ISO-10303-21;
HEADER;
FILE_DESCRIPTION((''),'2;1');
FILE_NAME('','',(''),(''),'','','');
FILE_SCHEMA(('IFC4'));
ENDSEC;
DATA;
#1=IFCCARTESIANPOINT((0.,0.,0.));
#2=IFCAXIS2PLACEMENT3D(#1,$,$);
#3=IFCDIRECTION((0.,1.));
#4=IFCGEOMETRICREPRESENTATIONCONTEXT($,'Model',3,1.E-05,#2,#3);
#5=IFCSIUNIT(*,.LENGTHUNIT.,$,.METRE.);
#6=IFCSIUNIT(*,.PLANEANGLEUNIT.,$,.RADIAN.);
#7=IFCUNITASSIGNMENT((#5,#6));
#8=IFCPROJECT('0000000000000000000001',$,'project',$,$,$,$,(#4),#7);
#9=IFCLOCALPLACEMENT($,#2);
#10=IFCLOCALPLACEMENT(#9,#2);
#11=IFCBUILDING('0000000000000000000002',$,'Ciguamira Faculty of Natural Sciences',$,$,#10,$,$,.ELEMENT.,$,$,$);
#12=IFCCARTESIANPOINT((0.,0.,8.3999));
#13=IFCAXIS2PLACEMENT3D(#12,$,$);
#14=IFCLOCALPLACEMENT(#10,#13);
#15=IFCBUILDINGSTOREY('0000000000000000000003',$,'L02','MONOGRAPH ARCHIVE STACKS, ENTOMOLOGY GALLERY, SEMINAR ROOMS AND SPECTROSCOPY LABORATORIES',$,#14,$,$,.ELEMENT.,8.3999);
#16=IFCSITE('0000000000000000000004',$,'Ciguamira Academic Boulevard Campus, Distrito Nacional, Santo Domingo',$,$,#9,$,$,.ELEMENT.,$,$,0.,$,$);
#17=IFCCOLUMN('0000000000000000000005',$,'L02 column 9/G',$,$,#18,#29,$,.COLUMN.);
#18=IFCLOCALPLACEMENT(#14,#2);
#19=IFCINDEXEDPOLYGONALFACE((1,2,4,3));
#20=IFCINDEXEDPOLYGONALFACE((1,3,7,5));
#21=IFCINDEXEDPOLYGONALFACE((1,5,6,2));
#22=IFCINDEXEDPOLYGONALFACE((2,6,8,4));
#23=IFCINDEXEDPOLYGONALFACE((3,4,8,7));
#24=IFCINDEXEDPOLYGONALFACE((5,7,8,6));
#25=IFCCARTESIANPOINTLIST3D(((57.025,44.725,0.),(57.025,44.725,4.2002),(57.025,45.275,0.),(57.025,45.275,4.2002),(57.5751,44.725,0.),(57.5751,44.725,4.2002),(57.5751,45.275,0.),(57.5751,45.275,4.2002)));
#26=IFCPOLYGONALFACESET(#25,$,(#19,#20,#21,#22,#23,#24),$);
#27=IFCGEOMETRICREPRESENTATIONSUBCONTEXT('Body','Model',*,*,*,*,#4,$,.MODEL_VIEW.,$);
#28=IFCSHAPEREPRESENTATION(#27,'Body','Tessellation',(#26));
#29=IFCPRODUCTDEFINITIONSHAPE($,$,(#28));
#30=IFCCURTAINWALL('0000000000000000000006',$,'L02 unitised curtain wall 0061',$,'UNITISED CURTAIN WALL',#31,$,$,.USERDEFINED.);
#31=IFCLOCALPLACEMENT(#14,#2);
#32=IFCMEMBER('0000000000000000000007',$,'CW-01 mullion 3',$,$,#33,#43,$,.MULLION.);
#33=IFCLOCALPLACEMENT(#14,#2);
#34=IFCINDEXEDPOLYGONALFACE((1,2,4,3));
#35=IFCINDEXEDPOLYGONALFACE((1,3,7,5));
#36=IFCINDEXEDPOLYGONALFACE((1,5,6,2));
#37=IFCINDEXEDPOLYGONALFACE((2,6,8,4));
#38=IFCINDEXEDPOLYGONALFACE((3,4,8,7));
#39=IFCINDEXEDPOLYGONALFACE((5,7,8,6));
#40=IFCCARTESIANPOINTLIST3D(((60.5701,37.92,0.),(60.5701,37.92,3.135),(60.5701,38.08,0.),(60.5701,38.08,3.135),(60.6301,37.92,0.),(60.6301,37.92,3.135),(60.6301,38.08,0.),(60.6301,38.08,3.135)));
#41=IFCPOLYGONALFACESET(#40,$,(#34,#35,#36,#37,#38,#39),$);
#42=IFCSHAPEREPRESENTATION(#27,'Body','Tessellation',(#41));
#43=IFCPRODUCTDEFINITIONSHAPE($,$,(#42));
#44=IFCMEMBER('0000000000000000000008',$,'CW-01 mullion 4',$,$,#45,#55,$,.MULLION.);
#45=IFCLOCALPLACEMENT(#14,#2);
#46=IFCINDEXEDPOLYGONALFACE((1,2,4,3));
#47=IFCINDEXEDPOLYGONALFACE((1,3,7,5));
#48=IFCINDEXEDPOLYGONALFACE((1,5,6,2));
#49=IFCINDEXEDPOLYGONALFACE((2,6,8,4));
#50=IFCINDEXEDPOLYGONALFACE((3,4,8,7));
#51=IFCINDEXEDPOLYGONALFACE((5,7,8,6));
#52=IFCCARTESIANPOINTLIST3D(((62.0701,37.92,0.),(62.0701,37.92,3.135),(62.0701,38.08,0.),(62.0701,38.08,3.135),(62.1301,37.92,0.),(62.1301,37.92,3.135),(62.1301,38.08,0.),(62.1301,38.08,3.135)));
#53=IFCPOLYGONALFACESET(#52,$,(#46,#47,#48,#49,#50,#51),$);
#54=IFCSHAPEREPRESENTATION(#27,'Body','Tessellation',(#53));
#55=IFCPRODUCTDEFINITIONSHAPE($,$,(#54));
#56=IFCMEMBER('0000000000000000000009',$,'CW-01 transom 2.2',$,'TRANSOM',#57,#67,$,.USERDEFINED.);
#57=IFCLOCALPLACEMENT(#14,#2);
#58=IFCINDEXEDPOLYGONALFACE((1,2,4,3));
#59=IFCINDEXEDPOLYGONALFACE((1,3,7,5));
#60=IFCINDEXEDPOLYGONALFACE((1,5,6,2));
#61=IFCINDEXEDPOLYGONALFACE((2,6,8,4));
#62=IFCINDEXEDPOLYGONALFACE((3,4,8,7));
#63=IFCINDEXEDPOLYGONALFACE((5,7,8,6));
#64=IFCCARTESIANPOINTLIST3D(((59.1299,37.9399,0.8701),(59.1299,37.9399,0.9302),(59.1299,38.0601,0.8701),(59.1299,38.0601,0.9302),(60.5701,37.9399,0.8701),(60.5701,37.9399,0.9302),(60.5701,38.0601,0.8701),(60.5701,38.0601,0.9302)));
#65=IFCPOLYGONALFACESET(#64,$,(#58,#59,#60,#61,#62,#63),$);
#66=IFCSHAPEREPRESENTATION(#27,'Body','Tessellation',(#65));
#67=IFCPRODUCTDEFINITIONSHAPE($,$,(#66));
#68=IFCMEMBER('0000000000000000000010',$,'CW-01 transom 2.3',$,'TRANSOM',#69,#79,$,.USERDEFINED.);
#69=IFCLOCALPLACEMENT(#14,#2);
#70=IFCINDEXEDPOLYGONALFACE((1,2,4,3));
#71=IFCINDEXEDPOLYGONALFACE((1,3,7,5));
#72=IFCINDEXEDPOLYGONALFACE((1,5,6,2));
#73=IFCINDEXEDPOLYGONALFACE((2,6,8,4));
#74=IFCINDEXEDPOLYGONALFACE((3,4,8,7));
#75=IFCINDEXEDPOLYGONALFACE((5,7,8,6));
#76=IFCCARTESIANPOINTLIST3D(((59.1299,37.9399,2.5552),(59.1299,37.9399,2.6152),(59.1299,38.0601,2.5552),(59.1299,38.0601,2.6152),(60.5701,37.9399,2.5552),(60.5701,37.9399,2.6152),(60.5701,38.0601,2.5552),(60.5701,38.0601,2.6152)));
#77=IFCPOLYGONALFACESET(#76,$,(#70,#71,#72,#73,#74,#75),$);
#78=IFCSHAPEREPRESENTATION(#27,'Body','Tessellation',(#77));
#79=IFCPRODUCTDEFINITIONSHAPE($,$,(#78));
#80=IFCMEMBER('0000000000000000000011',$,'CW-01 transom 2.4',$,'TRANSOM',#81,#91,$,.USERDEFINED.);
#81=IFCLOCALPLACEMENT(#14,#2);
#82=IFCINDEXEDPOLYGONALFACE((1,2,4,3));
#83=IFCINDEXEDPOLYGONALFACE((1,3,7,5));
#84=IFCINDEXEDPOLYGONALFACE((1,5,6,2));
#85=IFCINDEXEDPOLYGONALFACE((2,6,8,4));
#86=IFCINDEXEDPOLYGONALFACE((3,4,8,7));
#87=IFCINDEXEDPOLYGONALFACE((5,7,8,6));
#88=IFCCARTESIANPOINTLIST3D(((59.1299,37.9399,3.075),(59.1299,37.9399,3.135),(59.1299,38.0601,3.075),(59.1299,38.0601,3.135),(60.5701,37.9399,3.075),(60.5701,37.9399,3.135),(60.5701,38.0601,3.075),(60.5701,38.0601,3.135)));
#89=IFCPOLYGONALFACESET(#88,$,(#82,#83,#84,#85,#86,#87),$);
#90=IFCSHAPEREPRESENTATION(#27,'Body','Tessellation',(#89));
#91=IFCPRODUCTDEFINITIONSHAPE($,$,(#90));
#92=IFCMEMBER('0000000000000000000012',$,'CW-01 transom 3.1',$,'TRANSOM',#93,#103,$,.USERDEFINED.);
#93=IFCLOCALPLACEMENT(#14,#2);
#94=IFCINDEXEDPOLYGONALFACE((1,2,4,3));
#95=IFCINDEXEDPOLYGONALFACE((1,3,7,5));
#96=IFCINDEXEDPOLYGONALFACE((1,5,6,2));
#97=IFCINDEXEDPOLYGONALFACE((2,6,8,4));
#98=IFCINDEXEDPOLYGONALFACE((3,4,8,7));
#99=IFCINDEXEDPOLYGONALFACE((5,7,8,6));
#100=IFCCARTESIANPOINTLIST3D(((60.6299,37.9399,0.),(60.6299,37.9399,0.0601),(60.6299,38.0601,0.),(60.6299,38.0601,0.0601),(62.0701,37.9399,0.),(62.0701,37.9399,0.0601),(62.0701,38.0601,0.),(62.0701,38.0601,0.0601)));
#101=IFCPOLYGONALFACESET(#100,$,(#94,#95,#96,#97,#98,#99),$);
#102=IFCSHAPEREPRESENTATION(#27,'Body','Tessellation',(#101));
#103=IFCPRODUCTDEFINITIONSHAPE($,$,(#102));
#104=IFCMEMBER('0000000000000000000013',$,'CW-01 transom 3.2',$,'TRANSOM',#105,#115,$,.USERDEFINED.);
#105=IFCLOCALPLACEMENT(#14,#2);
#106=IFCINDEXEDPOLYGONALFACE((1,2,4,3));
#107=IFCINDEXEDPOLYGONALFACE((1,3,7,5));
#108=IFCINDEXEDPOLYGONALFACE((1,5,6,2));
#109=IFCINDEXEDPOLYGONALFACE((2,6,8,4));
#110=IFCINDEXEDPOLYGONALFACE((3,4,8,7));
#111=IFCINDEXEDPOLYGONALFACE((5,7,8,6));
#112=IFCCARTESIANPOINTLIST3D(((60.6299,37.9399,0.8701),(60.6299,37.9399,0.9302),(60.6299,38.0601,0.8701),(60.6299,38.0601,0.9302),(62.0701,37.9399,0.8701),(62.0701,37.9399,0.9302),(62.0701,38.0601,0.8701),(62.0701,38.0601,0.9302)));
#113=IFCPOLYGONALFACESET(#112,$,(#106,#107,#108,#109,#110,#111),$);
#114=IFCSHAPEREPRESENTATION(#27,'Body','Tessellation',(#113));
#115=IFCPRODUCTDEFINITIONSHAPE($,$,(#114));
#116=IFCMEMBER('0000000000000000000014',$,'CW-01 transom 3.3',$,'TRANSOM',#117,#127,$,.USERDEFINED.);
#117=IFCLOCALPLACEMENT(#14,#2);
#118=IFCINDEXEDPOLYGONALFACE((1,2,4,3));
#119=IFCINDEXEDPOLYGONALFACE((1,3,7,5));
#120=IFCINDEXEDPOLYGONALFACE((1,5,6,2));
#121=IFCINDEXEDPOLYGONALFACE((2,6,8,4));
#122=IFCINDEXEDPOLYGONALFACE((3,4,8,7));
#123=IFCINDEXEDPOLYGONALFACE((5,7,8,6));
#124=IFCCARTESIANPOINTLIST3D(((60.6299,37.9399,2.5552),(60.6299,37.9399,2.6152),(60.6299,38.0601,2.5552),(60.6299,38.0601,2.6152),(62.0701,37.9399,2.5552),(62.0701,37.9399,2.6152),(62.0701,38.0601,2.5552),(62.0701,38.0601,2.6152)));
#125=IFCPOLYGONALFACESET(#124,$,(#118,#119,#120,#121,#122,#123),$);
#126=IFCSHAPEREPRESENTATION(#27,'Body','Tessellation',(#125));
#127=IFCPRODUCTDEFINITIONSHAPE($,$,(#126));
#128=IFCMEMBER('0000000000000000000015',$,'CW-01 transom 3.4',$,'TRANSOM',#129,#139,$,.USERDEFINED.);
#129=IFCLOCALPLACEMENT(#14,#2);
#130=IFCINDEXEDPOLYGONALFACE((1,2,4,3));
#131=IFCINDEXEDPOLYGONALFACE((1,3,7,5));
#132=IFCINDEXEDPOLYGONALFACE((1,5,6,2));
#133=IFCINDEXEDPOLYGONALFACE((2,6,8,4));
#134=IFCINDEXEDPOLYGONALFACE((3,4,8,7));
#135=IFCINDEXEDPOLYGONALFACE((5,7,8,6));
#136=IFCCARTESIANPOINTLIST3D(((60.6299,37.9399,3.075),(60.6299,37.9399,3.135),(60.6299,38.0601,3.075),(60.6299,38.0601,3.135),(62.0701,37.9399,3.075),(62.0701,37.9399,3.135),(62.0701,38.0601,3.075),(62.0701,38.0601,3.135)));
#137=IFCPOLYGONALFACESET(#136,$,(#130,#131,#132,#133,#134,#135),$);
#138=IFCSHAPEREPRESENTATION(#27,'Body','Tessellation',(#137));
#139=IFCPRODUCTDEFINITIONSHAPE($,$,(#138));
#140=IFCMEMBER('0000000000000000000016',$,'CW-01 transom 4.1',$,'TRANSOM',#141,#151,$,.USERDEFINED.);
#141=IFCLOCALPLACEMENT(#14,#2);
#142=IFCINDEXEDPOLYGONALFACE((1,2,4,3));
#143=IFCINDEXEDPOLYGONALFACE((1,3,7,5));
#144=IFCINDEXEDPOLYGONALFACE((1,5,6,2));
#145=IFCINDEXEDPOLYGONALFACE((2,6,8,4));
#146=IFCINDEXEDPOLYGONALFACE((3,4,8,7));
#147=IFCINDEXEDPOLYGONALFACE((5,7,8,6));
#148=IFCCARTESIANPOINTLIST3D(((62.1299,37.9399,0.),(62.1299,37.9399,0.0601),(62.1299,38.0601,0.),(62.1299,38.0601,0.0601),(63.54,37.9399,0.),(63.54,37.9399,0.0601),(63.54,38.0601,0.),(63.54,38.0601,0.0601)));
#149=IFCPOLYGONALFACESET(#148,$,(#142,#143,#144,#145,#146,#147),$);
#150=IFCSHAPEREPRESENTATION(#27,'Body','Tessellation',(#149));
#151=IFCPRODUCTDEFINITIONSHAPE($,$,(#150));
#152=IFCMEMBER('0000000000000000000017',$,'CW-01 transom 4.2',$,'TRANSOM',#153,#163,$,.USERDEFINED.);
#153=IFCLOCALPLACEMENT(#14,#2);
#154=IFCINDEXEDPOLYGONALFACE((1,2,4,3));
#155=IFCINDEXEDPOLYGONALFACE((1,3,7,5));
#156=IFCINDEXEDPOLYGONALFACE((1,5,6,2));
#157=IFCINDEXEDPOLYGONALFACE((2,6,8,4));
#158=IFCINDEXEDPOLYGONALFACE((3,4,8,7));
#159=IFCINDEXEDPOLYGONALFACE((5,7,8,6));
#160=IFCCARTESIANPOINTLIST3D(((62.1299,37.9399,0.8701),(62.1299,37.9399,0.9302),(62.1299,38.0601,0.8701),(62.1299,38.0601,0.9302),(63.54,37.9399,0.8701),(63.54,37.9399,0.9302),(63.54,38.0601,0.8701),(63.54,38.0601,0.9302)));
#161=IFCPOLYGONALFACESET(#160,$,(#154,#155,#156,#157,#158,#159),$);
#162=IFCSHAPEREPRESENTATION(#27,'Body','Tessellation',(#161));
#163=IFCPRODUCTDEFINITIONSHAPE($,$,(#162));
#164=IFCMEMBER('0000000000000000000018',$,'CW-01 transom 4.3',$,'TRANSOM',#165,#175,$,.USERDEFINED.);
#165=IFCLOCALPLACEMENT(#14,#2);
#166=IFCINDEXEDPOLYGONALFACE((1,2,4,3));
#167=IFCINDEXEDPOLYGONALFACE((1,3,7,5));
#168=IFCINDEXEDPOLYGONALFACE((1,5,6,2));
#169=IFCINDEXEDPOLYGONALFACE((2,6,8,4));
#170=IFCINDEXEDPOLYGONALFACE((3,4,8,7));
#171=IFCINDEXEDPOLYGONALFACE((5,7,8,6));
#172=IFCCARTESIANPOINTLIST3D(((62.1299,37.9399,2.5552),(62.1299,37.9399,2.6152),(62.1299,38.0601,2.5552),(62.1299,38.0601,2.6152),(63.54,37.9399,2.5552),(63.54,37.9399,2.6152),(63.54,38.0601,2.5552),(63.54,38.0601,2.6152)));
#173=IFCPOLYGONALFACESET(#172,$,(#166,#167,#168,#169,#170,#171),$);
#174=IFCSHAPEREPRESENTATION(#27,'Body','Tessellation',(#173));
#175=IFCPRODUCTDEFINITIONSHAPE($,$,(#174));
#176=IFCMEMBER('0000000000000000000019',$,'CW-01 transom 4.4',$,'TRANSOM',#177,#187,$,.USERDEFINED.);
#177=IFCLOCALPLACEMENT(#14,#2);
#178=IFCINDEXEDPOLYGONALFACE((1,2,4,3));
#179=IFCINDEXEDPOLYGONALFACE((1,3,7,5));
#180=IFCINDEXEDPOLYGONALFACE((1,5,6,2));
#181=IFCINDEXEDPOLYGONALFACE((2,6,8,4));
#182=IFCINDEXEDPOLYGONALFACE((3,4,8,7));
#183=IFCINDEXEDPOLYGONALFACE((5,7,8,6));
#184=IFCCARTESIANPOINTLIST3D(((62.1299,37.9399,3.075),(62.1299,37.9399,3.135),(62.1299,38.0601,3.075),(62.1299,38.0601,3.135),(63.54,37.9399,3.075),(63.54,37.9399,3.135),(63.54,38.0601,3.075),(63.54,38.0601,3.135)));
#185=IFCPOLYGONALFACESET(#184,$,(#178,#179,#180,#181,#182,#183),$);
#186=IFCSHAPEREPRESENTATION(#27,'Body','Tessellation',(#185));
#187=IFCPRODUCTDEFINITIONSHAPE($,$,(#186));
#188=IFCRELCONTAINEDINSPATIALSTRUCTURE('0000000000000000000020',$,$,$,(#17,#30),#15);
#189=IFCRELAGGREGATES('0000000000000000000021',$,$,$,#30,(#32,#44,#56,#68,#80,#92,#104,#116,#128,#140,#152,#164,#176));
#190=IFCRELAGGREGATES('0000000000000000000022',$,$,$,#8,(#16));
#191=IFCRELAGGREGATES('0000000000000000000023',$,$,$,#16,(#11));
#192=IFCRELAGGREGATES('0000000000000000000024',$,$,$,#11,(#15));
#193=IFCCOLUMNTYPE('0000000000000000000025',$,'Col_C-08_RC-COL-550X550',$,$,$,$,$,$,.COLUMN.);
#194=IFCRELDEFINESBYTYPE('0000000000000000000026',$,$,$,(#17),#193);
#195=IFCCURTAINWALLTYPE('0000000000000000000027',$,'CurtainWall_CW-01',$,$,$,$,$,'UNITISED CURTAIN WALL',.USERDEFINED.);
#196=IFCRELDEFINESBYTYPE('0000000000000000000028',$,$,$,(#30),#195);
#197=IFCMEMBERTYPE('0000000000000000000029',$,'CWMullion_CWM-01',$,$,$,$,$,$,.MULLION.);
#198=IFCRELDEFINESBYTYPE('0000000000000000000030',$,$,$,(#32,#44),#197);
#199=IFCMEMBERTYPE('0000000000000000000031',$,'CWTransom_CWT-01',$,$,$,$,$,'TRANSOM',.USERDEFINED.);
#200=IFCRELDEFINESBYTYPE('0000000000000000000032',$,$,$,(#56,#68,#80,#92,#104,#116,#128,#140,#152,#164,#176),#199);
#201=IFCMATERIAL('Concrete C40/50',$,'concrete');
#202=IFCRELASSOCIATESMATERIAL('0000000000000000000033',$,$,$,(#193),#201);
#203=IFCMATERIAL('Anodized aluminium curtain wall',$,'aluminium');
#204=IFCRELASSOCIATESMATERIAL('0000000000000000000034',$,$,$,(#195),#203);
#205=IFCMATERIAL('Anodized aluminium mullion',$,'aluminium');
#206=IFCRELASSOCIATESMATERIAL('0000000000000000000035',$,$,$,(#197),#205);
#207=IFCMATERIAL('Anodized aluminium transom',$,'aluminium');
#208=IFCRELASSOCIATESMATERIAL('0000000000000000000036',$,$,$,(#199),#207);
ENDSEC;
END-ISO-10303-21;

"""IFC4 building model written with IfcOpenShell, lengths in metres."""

from ifc_helpers import new_model, si_unit, direction, frame, origin, origin_2d, place, context, subcontext, project, spatial, rectangle, extrude, material, material_profile, profile_set, type_object, element, aggregate, save


model = new_model("IFC4")

# Units and contexts
model_context = context("Model", 3, precision=1e-05, world=origin(), true_north=direction((0.0, 1.0)))
body_context = subcontext(model_context, "Body", "Model", "MODEL_VIEW")
ifc_project = project(units=[si_unit("LENGTHUNIT", "METRE"), si_unit("PLANEANGLEUNIT", "RADIAN")], contexts=[model_context])

# Site, building, storey
site_placement = place(None, origin())
site = spatial("IfcSite", under=ifc_project, at=site_placement, Name="Ciguamira Academic Boulevard Campus, Distrito Nacional, Santo Domingo", CompositionType="ELEMENT", RefElevation=0.0)
building_placement = place(site_placement, origin())
building = spatial("IfcBuilding", under=site, at=building_placement, Name="Ciguamira Faculty of Natural Sciences", CompositionType="ELEMENT")
storey_placement = place(building_placement, frame((0.0, 0.0, 8.3999)))
storey = spatial("IfcBuildingStorey", under=building, at=storey_placement, Name="L02", Description="MONOGRAPH ARCHIVE STACKS, ENTOMOLOGY GALLERY, SEMINAR ROOMS AND SPECTROSCOPY LABORATORIES", CompositionType="ELEMENT", Elevation=8.3999)

# Column
ifc_material_1 = material(Name="Concrete C40/50", Category="concrete")
ifc_material_profile_1 = material_profile(ifc_material_1, rectangle(XDim=0.55, YDim=0.55, at=origin_2d()), Name="RC-COL-550X550")
ifc_profile_set_1 = profile_set([ifc_material_profile_1], Name="Concrete C40/50")
column_type = type_object("IfcColumnType", Name="Col_C-08_RC-COL-550X550", PredefinedType="COLUMN", material=ifc_profile_set_1)
column_placement = place(storey_placement, frame((57.3, 45.0, 0.0), z_axis=(0.0, 0.0, 1.0), x_axis=(1.0, 0.0, 0.0)))
element("IfcColumn", 1, at=column_placement, inside=storey, type_object=column_type, Name="L02 column 9/G", PredefinedType="COLUMN", context=body_context, shape_type="SweptSolid", body=[
    extrude(rectangle(XDim=0.55, YDim=0.55, at=origin_2d()), origin(), (0.0, 0.0, 1.0), 4.2002),
])

# Curtain wall, members
ifc_material_2 = material(Name="Anodized aluminium curtain wall", Category="aluminium")
curtain_wall_type = type_object("IfcCurtainWallType", Name="CurtainWall_CW-01", ElementType="UNITISED CURTAIN WALL", PredefinedType="USERDEFINED", material=ifc_material_2)
curtain_wall_placement = place(storey_placement, origin())
curtain_wall = element("IfcCurtainWall", 2, at=curtain_wall_placement, inside=storey, type_object=curtain_wall_type, Name="L02 unitised curtain wall 0061", ObjectType="UNITISED CURTAIN WALL", PredefinedType="USERDEFINED")
ifc_material_3 = material(Name="Anodized aluminium mullion", Category="aluminium")
ifc_material_profile_2 = material_profile(ifc_material_3, rectangle(XDim=0.0601, YDim=0.1599, at=origin_2d()), Name="ALU-MUL-60X160")
ifc_profile_set_2 = profile_set([ifc_material_profile_2], Name="Anodized aluminium mullion")
member_type_1 = type_object("IfcMemberType", Name="CWMullion_CWM-01", PredefinedType="MULLION", material=ifc_profile_set_2)
member_1_placement = place(storey_placement, frame((60.6001, 38.0, 0.0), z_axis=(0.0, 0.0, 1.0), x_axis=(1.0, 0.0, 0.0)))
member_1 = element("IfcMember", 3, at=member_1_placement, type_object=member_type_1, Name="CW-01 mullion 3", PredefinedType="MULLION", context=body_context, shape_type="SweptSolid", body=[
    extrude(rectangle(XDim=0.0601, YDim=0.1599, at=origin_2d()), origin(), (0.0, 0.0, 1.0), 3.135),
])
member_2_placement = place(storey_placement, frame((62.1001, 38.0, 0.0), z_axis=(0.0, 0.0, 1.0), x_axis=(1.0, 0.0, 0.0)))
member_2 = element("IfcMember", 4, at=member_2_placement, type_object=member_type_1, Name="CW-01 mullion 4", PredefinedType="MULLION", context=body_context, shape_type="SweptSolid", body=[
    extrude(rectangle(XDim=0.0601, YDim=0.1599, at=origin_2d()), origin(), (0.0, 0.0, 1.0), 3.135),
])
ifc_material_4 = material(Name="Anodized aluminium transom", Category="aluminium")
ifc_material_profile_3 = material_profile(ifc_material_4, rectangle(XDim=0.0601, YDim=0.1201, at=origin_2d()), Name="ALU-TRN-60X120")
ifc_profile_set_3 = profile_set([ifc_material_profile_3], Name="Anodized aluminium transom")
member_type_2 = type_object("IfcMemberType", Name="CWTransom_CWT-01", ElementType="TRANSOM", PredefinedType="USERDEFINED", material=ifc_profile_set_3)
member_3_placement = place(storey_placement, frame((59.1299, 38.0, 0.9001), z_axis=(1.0, 0.0, 0.0), x_axis=(0.0, 0.0, 1.0)))
member_3 = element("IfcMember", 5, at=member_3_placement, type_object=member_type_2, Name="CW-01 transom 2.2", ObjectType="TRANSOM", PredefinedType="USERDEFINED", context=body_context, shape_type="SweptSolid", body=[
    extrude(rectangle(XDim=0.0601, YDim=0.1201, at=origin_2d()), origin(), (0.0, 0.0, 1.0), 1.4402),
])
member_4_placement = place(storey_placement, frame((59.1299, 38.0, 2.5852), z_axis=(1.0, 0.0, 0.0), x_axis=(0.0, 0.0, 1.0)))
member_4 = element("IfcMember", 6, at=member_4_placement, type_object=member_type_2, Name="CW-01 transom 2.3", ObjectType="TRANSOM", PredefinedType="USERDEFINED", context=body_context, shape_type="SweptSolid", body=[
    extrude(rectangle(XDim=0.0601, YDim=0.1201, at=origin_2d()), origin(), (0.0, 0.0, 1.0), 1.4402),
])
member_5_placement = place(storey_placement, frame((59.1299, 38.0, 3.105), z_axis=(1.0, 0.0, 0.0), x_axis=(0.0, 0.0, 1.0)))
member_5 = element("IfcMember", 7, at=member_5_placement, type_object=member_type_2, Name="CW-01 transom 2.4", ObjectType="TRANSOM", PredefinedType="USERDEFINED", context=body_context, shape_type="SweptSolid", body=[
    extrude(rectangle(XDim=0.0601, YDim=0.1201, at=origin_2d()), origin(), (0.0, 0.0, 1.0), 1.4402),
])
member_6_placement = place(storey_placement, frame((60.6299, 38.0, 0.03), z_axis=(1.0, 0.0, 0.0), x_axis=(0.0, 0.0, 1.0)))
member_6 = element("IfcMember", 8, at=member_6_placement, type_object=member_type_2, Name="CW-01 transom 3.1", ObjectType="TRANSOM", PredefinedType="USERDEFINED", context=body_context, shape_type="SweptSolid", body=[
    extrude(rectangle(XDim=0.0601, YDim=0.1201, at=origin_2d()), origin(), (0.0, 0.0, 1.0), 1.4402),
])
member_7_placement = place(storey_placement, frame((60.6299, 38.0, 0.9001), z_axis=(1.0, 0.0, 0.0), x_axis=(0.0, 0.0, 1.0)))
member_7 = element("IfcMember", 9, at=member_7_placement, type_object=member_type_2, Name="CW-01 transom 3.2", ObjectType="TRANSOM", PredefinedType="USERDEFINED", context=body_context, shape_type="SweptSolid", body=[
    extrude(rectangle(XDim=0.0601, YDim=0.1201, at=origin_2d()), origin(), (0.0, 0.0, 1.0), 1.4402),
])
member_8_placement = place(storey_placement, frame((60.6299, 38.0, 2.5852), z_axis=(1.0, 0.0, 0.0), x_axis=(0.0, 0.0, 1.0)))
member_8 = element("IfcMember", 10, at=member_8_placement, type_object=member_type_2, Name="CW-01 transom 3.3", ObjectType="TRANSOM", PredefinedType="USERDEFINED", context=body_context, shape_type="SweptSolid", body=[
    extrude(rectangle(XDim=0.0601, YDim=0.1201, at=origin_2d()), origin(), (0.0, 0.0, 1.0), 1.4402),
])
member_9_placement = place(storey_placement, frame((60.6299, 38.0, 3.105), z_axis=(1.0, 0.0, 0.0), x_axis=(0.0, 0.0, 1.0)))
member_9 = element("IfcMember", 11, at=member_9_placement, type_object=member_type_2, Name="CW-01 transom 3.4", ObjectType="TRANSOM", PredefinedType="USERDEFINED", context=body_context, shape_type="SweptSolid", body=[
    extrude(rectangle(XDim=0.0601, YDim=0.1201, at=origin_2d()), origin(), (0.0, 0.0, 1.0), 1.4402),
])
member_10_placement = place(storey_placement, frame((62.1299, 38.0, 0.03), z_axis=(1.0, 0.0, 0.0), x_axis=(0.0, 0.0, 1.0)))
member_10 = element("IfcMember", 12, at=member_10_placement, type_object=member_type_2, Name="CW-01 transom 4.1", ObjectType="TRANSOM", PredefinedType="USERDEFINED", context=body_context, shape_type="SweptSolid", body=[
    extrude(rectangle(XDim=0.0601, YDim=0.1201, at=origin_2d()), origin(), (0.0, 0.0, 1.0), 1.4102),
])
member_11_placement = place(storey_placement, frame((62.1299, 38.0, 0.9001), z_axis=(1.0, 0.0, 0.0), x_axis=(0.0, 0.0, 1.0)))
member_11 = element("IfcMember", 13, at=member_11_placement, type_object=member_type_2, Name="CW-01 transom 4.2", ObjectType="TRANSOM", PredefinedType="USERDEFINED", context=body_context, shape_type="SweptSolid", body=[
    extrude(rectangle(XDim=0.0601, YDim=0.1201, at=origin_2d()), origin(), (0.0, 0.0, 1.0), 1.4102),
])
member_12_placement = place(storey_placement, frame((62.1299, 38.0, 2.5852), z_axis=(1.0, 0.0, 0.0), x_axis=(0.0, 0.0, 1.0)))
member_12 = element("IfcMember", 14, at=member_12_placement, type_object=member_type_2, Name="CW-01 transom 4.3", ObjectType="TRANSOM", PredefinedType="USERDEFINED", context=body_context, shape_type="SweptSolid", body=[
    extrude(rectangle(XDim=0.0601, YDim=0.1201, at=origin_2d()), origin(), (0.0, 0.0, 1.0), 1.4102),
])
member_13_placement = place(storey_placement, frame((62.1299, 38.0, 3.105), z_axis=(1.0, 0.0, 0.0), x_axis=(0.0, 0.0, 1.0)))
member_13 = element("IfcMember", 15, at=member_13_placement, type_object=member_type_2, Name="CW-01 transom 4.4", ObjectType="TRANSOM", PredefinedType="USERDEFINED", context=body_context, shape_type="SweptSolid", body=[
    extrude(rectangle(XDim=0.0601, YDim=0.1201, at=origin_2d()), origin(), (0.0, 0.0, 1.0), 1.4102),
])
aggregate(curtain_wall, [member_1, member_2, member_3, member_4, member_5, member_6, member_7, member_8, member_9, member_10, member_11, member_12, member_13])

save(model, "model.ifc")
